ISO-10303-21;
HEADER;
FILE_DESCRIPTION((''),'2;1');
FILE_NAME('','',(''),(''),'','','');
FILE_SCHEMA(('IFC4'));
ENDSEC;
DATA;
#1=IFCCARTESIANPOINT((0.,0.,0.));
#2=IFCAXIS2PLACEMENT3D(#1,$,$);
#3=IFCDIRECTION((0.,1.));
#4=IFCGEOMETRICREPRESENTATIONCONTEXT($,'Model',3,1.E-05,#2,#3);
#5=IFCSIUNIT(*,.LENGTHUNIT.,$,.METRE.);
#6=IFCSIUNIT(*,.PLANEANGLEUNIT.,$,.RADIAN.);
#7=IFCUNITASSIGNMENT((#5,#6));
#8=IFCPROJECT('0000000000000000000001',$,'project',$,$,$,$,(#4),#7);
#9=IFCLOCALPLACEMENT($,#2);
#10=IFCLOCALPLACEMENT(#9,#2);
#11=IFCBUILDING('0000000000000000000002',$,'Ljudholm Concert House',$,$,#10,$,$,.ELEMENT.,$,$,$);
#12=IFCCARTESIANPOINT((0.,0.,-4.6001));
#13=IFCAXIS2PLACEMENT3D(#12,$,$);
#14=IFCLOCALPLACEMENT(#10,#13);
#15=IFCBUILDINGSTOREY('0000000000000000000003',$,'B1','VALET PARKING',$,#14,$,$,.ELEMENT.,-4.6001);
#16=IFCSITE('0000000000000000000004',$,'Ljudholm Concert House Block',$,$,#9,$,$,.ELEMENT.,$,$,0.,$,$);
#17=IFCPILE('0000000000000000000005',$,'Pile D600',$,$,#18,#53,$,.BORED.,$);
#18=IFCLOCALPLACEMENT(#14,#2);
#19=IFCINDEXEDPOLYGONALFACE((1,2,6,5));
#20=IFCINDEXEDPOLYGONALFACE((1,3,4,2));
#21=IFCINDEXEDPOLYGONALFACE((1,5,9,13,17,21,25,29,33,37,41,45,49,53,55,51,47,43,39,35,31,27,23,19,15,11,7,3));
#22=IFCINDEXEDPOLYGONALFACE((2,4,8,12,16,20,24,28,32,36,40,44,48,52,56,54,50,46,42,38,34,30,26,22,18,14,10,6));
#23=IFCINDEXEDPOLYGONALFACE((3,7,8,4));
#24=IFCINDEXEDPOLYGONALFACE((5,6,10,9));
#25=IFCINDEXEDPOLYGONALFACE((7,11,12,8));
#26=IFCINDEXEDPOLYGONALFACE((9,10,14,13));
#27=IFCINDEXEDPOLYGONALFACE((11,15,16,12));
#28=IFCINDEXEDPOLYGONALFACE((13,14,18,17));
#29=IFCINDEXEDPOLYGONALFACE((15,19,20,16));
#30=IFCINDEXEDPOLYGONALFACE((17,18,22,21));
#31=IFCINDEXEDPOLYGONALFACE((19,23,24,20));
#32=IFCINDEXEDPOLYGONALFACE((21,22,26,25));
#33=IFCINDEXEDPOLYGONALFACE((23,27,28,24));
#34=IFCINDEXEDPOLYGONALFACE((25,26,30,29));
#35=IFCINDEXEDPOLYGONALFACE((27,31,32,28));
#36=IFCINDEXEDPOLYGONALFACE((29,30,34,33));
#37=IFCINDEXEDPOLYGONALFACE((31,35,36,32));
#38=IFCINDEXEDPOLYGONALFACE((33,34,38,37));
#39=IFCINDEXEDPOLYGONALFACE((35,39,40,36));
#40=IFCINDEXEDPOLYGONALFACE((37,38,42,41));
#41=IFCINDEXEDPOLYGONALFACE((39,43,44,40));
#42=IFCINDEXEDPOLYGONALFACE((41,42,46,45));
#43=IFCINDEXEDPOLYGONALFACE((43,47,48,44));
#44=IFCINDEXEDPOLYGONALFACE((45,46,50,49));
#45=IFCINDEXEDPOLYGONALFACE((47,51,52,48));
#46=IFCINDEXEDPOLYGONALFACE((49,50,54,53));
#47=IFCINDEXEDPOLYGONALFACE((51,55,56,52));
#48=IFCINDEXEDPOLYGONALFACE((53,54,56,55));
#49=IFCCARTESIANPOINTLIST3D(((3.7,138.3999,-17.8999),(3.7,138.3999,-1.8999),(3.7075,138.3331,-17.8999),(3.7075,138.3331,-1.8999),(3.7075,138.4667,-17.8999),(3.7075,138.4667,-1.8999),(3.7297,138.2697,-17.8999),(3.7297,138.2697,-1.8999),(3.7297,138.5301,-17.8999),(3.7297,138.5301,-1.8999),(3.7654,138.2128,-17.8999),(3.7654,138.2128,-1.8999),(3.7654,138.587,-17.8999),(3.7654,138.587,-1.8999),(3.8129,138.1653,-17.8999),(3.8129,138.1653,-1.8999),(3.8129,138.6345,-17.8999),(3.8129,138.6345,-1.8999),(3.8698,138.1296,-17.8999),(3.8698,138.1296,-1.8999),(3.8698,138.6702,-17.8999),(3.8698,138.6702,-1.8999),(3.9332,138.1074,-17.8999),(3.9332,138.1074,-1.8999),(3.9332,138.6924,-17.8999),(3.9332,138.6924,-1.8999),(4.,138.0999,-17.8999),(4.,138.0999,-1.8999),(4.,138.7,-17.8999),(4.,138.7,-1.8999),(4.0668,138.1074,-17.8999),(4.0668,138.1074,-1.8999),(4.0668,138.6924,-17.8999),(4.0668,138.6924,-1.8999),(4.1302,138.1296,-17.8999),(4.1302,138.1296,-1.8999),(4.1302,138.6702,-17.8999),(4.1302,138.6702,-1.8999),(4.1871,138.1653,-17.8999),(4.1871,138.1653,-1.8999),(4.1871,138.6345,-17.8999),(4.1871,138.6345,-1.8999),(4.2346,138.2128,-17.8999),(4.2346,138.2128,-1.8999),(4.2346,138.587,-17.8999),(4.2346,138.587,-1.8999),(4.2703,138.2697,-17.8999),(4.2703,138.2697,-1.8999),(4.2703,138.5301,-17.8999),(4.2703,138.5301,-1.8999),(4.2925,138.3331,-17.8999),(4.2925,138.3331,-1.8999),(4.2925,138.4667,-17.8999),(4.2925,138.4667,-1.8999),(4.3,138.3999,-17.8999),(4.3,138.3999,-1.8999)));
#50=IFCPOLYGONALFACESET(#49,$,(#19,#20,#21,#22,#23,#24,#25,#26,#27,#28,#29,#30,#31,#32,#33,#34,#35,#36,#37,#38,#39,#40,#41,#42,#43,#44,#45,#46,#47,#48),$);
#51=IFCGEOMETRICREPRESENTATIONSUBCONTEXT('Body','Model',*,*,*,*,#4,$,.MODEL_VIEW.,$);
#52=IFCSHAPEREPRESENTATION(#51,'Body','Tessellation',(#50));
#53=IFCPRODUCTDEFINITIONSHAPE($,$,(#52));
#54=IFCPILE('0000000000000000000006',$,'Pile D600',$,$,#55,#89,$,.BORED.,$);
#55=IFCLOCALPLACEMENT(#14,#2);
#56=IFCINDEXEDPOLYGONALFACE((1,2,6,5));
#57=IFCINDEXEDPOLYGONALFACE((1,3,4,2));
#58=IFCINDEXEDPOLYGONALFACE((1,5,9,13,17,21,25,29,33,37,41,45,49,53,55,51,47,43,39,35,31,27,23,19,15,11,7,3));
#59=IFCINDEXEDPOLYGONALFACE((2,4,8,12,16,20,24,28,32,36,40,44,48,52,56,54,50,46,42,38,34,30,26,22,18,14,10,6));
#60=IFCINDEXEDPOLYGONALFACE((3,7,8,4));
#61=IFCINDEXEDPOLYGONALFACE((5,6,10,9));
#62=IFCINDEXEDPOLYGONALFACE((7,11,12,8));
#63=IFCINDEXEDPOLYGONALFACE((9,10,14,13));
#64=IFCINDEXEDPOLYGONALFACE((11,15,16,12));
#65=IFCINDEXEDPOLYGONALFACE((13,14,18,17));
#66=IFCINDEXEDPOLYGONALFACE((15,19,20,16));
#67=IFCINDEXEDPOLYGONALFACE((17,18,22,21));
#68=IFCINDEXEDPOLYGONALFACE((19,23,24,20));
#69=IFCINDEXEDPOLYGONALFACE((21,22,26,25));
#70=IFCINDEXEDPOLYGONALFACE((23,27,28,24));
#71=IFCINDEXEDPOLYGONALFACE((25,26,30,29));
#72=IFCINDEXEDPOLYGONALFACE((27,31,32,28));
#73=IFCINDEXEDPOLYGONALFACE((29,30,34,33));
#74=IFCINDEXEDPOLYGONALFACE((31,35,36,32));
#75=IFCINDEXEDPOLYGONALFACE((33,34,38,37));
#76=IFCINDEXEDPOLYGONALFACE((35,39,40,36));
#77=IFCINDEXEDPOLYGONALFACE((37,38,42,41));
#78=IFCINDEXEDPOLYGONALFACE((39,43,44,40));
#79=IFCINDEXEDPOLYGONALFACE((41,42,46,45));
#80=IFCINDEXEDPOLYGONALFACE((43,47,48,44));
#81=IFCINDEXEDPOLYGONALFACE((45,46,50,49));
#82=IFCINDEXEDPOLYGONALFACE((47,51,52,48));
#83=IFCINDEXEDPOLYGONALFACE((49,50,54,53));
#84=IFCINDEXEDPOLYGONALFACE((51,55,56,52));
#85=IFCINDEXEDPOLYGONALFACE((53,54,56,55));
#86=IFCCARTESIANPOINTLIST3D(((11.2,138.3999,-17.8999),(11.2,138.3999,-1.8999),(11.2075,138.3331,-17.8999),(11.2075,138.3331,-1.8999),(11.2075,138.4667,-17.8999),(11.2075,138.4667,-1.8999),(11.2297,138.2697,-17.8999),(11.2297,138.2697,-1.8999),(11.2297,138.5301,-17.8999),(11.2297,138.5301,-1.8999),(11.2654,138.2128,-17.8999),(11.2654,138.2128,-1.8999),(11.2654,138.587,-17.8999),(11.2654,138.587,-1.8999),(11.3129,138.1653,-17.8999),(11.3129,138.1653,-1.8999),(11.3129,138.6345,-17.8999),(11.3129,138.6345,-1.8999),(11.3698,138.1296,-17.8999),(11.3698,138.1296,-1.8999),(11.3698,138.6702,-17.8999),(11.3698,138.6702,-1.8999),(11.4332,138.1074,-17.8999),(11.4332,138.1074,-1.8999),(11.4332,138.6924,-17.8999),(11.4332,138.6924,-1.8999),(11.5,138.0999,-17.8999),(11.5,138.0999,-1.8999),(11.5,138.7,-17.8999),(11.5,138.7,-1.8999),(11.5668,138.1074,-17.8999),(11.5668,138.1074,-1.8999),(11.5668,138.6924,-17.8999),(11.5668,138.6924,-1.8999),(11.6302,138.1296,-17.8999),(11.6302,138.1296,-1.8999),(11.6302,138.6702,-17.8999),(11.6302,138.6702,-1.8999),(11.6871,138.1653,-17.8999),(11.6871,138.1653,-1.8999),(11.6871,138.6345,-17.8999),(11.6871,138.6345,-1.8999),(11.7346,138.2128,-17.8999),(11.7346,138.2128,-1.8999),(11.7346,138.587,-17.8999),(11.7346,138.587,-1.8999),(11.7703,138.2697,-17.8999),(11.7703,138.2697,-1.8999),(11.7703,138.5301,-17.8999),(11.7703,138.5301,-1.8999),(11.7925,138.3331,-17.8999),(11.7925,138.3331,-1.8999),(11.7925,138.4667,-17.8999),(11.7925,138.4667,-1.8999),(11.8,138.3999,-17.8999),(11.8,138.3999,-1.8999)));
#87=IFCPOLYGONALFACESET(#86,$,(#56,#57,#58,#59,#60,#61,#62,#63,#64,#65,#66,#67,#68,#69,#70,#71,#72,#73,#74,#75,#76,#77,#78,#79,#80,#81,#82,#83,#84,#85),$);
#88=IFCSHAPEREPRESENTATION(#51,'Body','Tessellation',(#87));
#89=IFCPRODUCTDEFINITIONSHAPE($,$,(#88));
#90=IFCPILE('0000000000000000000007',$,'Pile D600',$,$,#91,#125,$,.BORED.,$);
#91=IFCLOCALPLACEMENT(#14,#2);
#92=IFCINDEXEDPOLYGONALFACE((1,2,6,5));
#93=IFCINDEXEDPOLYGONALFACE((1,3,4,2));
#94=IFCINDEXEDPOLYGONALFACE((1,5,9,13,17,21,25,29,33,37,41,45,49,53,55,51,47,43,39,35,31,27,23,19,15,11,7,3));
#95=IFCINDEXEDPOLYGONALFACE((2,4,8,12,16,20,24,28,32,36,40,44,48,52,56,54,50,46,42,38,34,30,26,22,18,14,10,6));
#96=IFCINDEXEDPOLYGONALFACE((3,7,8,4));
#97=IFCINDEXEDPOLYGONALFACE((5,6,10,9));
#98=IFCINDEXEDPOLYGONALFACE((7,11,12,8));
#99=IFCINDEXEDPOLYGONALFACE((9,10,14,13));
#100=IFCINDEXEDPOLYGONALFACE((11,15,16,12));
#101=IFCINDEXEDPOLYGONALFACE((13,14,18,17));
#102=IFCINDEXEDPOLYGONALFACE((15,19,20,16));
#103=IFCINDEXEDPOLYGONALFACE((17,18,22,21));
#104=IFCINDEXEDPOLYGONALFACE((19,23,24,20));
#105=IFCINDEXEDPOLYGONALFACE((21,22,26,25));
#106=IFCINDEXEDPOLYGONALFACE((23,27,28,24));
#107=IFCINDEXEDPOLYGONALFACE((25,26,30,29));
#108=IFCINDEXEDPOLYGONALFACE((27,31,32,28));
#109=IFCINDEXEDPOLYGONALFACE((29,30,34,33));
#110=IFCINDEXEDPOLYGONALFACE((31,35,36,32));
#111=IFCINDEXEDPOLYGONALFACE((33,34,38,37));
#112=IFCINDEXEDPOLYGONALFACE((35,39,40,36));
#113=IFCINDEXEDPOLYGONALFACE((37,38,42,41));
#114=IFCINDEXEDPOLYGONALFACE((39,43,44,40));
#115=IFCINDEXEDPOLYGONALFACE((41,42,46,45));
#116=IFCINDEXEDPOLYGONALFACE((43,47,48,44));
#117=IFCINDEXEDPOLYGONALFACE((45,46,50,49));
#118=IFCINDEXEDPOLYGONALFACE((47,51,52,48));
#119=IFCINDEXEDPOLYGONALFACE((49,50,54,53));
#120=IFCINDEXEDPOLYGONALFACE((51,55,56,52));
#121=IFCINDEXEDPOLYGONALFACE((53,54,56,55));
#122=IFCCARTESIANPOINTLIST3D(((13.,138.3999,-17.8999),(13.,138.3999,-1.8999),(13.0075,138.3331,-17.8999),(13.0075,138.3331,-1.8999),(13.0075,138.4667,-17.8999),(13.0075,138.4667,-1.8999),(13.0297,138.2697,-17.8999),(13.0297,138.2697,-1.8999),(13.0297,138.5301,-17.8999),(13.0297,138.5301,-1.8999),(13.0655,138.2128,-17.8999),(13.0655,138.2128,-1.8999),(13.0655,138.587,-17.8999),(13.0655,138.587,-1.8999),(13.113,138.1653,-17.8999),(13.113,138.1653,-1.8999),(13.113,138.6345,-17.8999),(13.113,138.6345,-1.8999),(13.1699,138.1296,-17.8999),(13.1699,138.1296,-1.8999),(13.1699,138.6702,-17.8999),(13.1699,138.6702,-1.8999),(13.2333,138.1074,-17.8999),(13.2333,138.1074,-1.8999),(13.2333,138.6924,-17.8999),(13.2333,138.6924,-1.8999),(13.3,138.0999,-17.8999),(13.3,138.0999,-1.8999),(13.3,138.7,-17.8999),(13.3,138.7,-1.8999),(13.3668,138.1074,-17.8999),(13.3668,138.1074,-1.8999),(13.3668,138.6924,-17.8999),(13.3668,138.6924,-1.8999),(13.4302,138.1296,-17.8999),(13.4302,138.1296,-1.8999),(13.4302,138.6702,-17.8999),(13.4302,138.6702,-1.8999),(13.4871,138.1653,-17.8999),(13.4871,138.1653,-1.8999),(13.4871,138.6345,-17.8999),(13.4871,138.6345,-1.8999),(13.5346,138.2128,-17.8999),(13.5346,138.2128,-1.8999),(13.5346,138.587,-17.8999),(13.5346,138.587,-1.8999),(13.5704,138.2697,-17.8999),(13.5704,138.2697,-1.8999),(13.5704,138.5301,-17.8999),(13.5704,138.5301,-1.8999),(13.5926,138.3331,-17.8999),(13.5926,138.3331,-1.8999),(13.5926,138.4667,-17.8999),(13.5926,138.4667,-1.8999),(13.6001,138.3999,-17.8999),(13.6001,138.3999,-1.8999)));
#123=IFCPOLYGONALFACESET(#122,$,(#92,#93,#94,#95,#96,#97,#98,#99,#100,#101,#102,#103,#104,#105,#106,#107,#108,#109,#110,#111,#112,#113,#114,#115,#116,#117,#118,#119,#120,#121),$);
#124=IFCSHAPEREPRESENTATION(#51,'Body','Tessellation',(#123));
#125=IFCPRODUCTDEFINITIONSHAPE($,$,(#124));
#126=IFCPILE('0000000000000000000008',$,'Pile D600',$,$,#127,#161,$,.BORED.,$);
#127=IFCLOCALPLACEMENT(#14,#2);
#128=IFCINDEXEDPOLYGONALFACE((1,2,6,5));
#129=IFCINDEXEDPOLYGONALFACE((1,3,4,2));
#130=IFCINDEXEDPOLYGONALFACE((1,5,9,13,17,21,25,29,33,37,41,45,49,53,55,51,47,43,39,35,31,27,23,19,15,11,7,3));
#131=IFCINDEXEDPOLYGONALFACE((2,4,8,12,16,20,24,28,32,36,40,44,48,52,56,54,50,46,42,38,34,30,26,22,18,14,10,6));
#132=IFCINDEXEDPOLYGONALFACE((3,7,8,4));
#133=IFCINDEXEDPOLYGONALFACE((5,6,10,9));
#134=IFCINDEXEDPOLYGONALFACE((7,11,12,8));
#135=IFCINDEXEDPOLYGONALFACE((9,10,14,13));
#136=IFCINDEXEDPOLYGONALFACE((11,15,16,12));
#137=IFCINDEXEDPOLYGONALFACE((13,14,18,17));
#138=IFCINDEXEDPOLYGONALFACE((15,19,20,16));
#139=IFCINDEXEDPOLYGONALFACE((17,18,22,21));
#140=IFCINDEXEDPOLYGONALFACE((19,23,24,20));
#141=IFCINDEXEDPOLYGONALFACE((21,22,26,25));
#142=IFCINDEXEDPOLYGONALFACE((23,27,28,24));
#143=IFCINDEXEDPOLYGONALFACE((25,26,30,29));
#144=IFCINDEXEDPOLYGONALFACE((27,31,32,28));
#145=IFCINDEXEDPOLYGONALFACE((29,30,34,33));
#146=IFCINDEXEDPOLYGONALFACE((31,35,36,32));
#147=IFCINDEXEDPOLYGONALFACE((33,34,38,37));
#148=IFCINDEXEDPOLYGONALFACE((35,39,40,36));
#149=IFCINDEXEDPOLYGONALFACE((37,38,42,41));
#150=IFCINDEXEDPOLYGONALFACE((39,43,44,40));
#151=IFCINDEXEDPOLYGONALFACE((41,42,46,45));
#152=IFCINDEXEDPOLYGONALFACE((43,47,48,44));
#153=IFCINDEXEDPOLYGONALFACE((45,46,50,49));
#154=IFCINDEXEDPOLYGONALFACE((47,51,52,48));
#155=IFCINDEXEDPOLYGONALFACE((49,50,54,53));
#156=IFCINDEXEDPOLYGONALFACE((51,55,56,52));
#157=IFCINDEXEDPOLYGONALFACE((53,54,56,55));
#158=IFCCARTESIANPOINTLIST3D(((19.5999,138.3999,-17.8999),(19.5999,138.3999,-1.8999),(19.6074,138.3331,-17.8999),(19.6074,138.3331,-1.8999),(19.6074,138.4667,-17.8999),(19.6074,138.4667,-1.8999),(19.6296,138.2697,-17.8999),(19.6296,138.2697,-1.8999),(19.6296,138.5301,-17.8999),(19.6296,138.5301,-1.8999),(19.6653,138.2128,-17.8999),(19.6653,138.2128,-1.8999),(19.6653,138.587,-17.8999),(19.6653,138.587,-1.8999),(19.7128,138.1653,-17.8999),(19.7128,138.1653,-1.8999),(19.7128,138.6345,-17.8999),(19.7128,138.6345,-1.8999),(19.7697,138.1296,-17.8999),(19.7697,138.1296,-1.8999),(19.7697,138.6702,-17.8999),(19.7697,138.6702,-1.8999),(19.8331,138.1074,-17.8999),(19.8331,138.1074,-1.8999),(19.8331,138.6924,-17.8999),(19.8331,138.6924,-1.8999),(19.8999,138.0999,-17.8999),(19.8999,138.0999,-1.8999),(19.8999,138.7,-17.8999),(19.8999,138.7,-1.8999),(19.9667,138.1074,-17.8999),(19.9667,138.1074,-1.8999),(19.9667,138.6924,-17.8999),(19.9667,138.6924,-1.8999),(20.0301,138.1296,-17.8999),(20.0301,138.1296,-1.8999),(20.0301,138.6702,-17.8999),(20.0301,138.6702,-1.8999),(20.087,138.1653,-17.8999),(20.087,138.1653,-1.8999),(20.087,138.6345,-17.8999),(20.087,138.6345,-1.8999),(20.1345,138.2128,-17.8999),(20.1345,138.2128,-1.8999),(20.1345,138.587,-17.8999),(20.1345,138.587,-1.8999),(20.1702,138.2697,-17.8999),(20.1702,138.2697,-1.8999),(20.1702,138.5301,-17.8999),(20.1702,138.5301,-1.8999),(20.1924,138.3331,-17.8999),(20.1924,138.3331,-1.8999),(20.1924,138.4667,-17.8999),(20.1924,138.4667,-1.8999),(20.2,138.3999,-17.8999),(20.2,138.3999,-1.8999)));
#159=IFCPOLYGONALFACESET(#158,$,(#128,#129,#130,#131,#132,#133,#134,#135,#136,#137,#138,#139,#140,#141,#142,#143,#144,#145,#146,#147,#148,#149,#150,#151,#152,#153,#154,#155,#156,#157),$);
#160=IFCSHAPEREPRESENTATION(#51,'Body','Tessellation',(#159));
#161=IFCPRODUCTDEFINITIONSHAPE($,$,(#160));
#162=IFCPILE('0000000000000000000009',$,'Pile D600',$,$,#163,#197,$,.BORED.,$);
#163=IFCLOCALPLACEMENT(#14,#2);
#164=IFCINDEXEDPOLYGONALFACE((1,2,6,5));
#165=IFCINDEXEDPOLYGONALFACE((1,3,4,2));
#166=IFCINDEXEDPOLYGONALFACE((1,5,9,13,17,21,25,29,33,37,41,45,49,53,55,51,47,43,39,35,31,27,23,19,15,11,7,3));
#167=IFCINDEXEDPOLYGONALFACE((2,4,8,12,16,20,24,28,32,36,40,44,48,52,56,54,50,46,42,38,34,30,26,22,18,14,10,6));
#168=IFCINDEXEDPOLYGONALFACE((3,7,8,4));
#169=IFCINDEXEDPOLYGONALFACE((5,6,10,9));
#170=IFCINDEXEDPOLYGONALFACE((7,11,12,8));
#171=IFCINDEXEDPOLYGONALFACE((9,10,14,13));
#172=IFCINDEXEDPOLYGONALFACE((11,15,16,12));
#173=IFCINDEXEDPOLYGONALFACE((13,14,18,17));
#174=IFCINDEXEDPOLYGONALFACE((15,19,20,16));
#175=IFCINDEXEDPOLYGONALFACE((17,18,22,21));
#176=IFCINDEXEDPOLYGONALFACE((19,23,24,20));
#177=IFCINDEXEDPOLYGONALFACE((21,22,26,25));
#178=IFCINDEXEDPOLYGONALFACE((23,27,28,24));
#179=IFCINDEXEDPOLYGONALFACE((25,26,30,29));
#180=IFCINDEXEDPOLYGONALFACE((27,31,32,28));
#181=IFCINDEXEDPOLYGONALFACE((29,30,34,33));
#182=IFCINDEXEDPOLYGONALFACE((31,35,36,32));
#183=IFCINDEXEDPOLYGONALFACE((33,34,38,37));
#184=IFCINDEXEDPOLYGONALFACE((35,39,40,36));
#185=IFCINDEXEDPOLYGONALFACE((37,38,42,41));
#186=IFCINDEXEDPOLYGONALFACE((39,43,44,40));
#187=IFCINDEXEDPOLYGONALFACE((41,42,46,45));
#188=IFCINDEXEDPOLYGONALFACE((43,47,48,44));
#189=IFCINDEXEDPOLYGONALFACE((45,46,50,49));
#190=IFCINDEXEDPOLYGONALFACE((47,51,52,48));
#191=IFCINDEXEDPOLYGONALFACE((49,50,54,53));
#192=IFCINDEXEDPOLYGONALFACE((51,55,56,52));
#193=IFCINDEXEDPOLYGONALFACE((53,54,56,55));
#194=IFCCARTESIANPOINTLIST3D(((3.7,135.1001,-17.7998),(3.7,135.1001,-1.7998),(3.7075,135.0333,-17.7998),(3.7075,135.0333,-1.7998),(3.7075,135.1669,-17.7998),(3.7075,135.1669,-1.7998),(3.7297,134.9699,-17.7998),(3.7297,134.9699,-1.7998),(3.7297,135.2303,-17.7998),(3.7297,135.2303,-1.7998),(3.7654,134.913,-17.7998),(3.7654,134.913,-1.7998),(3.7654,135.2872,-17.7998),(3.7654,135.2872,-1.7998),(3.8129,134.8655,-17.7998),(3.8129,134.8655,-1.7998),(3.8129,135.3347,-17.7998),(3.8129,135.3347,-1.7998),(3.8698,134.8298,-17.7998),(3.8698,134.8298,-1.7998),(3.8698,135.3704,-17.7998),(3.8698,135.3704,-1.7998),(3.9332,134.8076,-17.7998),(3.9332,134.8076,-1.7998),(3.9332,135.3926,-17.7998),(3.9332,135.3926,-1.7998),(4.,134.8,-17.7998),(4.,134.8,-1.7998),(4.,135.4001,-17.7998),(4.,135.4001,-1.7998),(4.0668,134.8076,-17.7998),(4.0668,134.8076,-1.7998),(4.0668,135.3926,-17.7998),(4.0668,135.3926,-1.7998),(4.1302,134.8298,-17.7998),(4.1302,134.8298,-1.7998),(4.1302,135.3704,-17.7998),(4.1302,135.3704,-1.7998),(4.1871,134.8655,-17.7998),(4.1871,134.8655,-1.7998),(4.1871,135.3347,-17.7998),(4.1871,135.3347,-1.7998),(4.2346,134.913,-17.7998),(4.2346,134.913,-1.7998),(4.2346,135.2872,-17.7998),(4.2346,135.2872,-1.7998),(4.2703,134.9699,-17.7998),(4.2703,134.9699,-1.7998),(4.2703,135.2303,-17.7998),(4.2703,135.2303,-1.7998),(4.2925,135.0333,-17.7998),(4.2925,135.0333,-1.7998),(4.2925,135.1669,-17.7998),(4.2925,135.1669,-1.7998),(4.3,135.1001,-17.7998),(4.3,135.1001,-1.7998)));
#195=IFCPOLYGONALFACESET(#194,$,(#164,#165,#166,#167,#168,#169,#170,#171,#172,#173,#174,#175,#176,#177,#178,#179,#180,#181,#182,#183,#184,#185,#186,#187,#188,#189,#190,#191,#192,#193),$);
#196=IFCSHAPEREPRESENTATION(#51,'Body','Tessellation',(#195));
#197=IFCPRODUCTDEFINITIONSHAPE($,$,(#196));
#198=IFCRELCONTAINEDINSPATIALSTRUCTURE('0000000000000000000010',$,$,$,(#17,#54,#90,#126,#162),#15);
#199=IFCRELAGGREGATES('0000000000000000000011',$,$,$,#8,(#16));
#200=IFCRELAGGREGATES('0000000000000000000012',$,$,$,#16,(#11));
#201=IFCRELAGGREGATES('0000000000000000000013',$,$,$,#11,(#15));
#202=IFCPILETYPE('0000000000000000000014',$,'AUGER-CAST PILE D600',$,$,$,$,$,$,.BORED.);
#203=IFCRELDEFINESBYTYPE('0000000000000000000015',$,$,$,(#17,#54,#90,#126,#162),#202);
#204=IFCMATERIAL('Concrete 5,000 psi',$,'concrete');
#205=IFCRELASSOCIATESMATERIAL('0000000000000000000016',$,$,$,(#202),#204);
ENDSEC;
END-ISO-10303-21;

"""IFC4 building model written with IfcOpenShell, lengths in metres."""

from ifc_helpers import new_model, si_unit, direction, frame, origin, origin_2d, place, context, subcontext, project, spatial, circle, extrude, material, material_profile, profile_set, type_object, element, save


model = new_model("IFC4")

# Units and contexts
model_context = context("Model", 3, precision=1e-05, world=origin(), true_north=direction((0.0, 1.0)))
body_context = subcontext(model_context, "Body", "Model", "MODEL_VIEW")
ifc_project = project(units=[si_unit("LENGTHUNIT", "METRE"), si_unit("PLANEANGLEUNIT", "RADIAN")], contexts=[model_context])

# Site, building, storey
site_placement = place(None, origin())
site = spatial("IfcSite", under=ifc_project, at=site_placement, Name="Ljudholm Concert House Block", CompositionType="ELEMENT", RefElevation=0.0)
building_placement = place(site_placement, origin())
building = spatial("IfcBuilding", under=site, at=building_placement, Name="Ljudholm Concert House", CompositionType="ELEMENT")
storey_placement = place(building_placement, frame((0.0, 0.0, -4.6001)))
storey = spatial("IfcBuildingStorey", under=building, at=storey_placement, Name="B1", Description="VALET PARKING", CompositionType="ELEMENT", Elevation=-4.6001)

# Piles
ifc_material_1 = material(Name="Concrete 5,000 psi", Category="concrete")
ifc_material_profile_1 = material_profile(ifc_material_1, circle(Radius=0.3, at=origin_2d()), Name="AUGER-CAST PILE D600")
ifc_profile_set_1 = profile_set([ifc_material_profile_1], Name="Concrete 5,000 psi")
pile_type = type_object("IfcPileType", Name="AUGER-CAST PILE D600", PredefinedType="BORED", material=ifc_profile_set_1)
for number, where, z_axis, x_axis, name in (
    (1, (4.0, 138.3999, -1.8999), (0.0, 0.0, -1.0), (1.0, 0.0, 0.0), "Pile D600"),
    (2, (11.5, 138.3999, -1.8999), (0.0, 0.0, -1.0), (1.0, 0.0, 0.0), "Pile D600"),
    (3, (13.3, 138.3999, -1.8999), (0.0, 0.0, -1.0), (1.0, 0.0, 0.0), "Pile D600"),
    (4, (19.8999, 138.3999, -1.8999), (0.0, 0.0, -1.0), (1.0, 0.0, 0.0), "Pile D600"),
    (5, (4.0, 135.1001, -1.7998), (0.0, 0.0, -1.0), (1.0, 0.0, 0.0), "Pile D600"),
):
    element("IfcPile", number, at=place(storey_placement, frame(where, z_axis=z_axis, x_axis=x_axis)), inside=storey, type_object=pile_type, Name=name, PredefinedType="BORED", context=body_context, shape_type="SweptSolid", body=[
        extrude(circle(Radius=0.3, at=origin_2d()), origin(), (0.0, 0.0, 1.0), 16.0),
    ])

save(model, "model.ifc")
